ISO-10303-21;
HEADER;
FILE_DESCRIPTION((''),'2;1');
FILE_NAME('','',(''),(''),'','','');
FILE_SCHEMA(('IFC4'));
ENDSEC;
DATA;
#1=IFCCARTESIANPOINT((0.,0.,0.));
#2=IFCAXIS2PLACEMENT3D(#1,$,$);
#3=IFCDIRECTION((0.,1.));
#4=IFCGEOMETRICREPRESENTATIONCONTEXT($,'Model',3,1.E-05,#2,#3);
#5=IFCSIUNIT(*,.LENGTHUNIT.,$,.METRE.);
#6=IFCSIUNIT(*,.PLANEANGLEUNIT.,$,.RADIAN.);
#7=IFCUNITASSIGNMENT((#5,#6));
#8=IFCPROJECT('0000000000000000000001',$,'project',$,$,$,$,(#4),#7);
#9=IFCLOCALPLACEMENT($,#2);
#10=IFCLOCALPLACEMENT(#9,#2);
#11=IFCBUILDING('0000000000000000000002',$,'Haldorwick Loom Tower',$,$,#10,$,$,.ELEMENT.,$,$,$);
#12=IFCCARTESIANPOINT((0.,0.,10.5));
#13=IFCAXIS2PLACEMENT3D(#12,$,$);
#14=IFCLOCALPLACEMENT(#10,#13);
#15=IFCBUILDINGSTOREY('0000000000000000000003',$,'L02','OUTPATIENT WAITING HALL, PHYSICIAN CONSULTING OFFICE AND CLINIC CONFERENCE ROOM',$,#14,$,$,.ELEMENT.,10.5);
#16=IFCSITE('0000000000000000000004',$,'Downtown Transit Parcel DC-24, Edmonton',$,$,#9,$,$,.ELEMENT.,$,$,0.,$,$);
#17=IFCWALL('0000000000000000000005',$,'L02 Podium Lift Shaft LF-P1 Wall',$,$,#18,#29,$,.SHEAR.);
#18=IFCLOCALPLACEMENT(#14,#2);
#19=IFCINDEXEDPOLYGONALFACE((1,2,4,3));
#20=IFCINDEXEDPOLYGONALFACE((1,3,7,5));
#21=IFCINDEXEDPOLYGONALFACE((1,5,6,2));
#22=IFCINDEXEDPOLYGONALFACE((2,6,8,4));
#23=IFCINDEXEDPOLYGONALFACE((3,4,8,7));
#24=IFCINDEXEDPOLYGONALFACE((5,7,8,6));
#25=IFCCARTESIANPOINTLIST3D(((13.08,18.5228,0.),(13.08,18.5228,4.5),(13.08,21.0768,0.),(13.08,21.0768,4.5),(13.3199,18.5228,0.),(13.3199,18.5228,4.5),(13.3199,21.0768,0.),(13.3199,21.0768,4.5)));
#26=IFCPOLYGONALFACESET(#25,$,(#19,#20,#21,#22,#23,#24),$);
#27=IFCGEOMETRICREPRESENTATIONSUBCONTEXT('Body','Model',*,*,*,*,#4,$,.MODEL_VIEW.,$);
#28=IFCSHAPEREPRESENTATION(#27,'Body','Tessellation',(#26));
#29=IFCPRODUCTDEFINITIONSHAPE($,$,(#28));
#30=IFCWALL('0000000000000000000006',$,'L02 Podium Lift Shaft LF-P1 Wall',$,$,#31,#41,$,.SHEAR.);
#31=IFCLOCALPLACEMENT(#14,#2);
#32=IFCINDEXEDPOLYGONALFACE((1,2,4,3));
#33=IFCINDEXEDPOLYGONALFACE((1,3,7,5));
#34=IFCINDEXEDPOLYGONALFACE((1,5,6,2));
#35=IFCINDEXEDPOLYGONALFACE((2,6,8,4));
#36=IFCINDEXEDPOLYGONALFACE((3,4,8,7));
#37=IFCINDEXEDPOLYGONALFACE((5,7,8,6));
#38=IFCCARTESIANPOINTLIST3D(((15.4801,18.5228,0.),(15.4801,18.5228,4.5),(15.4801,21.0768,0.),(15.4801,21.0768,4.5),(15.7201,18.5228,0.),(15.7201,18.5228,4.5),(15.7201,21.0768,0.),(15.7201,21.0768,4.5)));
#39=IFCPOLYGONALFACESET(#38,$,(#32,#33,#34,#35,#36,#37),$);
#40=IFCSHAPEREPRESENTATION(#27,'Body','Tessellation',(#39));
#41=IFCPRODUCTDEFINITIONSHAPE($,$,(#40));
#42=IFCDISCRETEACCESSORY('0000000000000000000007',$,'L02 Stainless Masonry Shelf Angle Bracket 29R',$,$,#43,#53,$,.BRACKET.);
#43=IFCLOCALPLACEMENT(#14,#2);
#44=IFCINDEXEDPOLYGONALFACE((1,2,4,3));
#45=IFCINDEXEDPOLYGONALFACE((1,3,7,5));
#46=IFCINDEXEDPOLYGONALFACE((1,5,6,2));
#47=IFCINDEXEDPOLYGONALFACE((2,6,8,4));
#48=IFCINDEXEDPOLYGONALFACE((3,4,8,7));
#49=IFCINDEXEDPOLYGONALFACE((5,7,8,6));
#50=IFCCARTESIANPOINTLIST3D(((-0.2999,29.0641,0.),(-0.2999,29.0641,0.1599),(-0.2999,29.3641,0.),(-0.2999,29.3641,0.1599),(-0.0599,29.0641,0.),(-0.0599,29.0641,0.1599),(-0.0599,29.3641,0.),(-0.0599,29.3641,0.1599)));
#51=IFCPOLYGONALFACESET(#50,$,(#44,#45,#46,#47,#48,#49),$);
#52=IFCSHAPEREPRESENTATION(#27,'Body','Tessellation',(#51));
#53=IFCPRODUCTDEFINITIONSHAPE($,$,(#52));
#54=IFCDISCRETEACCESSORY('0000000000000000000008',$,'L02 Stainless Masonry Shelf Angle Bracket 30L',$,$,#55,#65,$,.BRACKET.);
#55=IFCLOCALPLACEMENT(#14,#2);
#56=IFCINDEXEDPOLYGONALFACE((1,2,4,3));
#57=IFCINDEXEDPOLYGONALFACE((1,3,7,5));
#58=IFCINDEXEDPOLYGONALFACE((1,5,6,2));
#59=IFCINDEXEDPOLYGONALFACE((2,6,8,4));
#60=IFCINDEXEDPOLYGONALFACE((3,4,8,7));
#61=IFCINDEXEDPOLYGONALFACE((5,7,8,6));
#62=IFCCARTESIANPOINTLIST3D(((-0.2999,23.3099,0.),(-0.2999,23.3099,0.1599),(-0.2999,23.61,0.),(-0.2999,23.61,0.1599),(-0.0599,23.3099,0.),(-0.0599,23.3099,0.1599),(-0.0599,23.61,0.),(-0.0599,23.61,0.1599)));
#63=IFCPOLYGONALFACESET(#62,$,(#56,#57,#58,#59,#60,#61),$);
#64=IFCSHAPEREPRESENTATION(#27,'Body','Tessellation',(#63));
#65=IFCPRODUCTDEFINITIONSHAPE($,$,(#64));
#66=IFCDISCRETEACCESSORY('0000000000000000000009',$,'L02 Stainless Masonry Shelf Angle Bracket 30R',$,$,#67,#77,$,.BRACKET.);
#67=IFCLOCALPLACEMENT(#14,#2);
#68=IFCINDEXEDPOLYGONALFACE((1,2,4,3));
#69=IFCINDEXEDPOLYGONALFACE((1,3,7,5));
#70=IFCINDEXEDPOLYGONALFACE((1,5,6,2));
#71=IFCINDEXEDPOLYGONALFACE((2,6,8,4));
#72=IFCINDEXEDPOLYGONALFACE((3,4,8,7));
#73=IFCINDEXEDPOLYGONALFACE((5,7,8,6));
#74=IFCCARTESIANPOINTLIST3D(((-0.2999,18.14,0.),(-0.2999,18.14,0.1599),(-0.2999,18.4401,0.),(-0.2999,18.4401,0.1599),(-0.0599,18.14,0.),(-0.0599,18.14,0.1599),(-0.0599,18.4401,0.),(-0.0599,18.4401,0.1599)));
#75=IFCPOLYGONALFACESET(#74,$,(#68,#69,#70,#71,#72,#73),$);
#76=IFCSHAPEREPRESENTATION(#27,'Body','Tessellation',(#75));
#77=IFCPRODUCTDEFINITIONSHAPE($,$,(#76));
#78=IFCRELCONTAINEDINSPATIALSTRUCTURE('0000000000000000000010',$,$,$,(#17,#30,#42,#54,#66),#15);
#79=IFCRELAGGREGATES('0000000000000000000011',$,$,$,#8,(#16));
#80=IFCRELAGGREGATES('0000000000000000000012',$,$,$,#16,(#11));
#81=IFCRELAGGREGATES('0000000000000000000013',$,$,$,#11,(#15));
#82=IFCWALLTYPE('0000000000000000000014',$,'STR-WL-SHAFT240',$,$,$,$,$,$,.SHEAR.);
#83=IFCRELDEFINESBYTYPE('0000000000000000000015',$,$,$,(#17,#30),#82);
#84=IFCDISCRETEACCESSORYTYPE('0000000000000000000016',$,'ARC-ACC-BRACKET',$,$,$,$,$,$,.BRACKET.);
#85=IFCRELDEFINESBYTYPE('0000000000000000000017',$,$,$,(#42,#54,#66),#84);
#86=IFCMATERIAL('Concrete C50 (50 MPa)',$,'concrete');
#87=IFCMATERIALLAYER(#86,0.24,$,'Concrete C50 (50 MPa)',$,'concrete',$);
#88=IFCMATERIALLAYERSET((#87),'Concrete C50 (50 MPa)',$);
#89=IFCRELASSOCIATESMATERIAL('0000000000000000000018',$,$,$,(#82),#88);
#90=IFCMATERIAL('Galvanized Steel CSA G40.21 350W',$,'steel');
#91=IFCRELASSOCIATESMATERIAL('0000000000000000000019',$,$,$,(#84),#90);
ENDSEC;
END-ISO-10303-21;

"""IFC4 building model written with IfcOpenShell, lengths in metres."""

from ifc_helpers import new_model, si_unit, direction, frame, frame_2d, origin, origin_2d, place, context, subcontext, project, spatial, rectangle, extrude, material, layer, layer_set, type_object, element, save


model = new_model("IFC4")

# Units and contexts
model_context = context("Model", 3, precision=1e-05, world=origin(), true_north=direction((0.0, 1.0)))
body_context = subcontext(model_context, "Body", "Model", "MODEL_VIEW")
ifc_project = project(units=[si_unit("LENGTHUNIT", "METRE"), si_unit("PLANEANGLEUNIT", "RADIAN")], contexts=[model_context])

# Site, building, storey
site_placement = place(None, origin())
site = spatial("IfcSite", under=ifc_project, at=site_placement, Name="Downtown Transit Parcel DC-24, Edmonton", CompositionType="ELEMENT", RefElevation=0.0)
building_placement = place(site_placement, origin())
building = spatial("IfcBuilding", under=site, at=building_placement, Name="Haldorwick Loom Tower", CompositionType="ELEMENT")
storey_placement = place(building_placement, frame((0.0, 0.0, 10.5)))
storey = spatial("IfcBuildingStorey", under=building, at=storey_placement, Name="L02", Description="OUTPATIENT WAITING HALL, PHYSICIAN CONSULTING OFFICE AND CLINIC CONFERENCE ROOM", CompositionType="ELEMENT", Elevation=10.5)

# Shared definitions
ifc_material_1 = material(Name="Concrete C50 (50 MPa)", Category="concrete")
ifc_layer_1 = layer(ifc_material_1, 0.24, Name="Concrete C50 (50 MPa)", Category="concrete")
ifc_layer_set_1 = layer_set([ifc_layer_1], Name="Concrete C50 (50 MPa)")
wall_type_1 = type_object("IfcWallType", Name="STR-WL-SHAFT240", PredefinedType="SHEAR", material=ifc_layer_set_1)

# Walls
for number, where, z_axis, x_axis, name in (
    (1, (13.2, 18.5229, 0.0), (0.0, 0.0, 1.0), (0.0, 1.0, 0.0), "L02 Podium Lift Shaft LF-P1 Wall"),
    (2, (15.6001, 18.5229, 0.0), (0.0, 0.0, 1.0), (0.0, 1.0, 0.0), "L02 Podium Lift Shaft LF-P1 Wall"),
):
    element("IfcWall", number, at=place(storey_placement, frame(where, z_axis=z_axis, x_axis=x_axis)), inside=storey, type_object=wall_type_1, Name=name, PredefinedType="SHEAR", context=body_context, shape_type="SweptSolid", body=[
        extrude(rectangle(XDim=2.554, YDim=0.24, at=frame_2d((1.2769, 0.0))), origin(), (0.0, 0.0, 1.0), 4.5),
    ])

# Discrete accessories
ifc_material_2 = material(Name="Galvanized Steel CSA G40.21 350W", Category="steel")
discrete_accessory_type = type_object("IfcDiscreteAccessoryType", Name="ARC-ACC-BRACKET", PredefinedType="BRACKET", material=ifc_material_2)
for number, where, z_axis, x_axis, name in (
    (3, (-0.1799, 29.2141, 0.0), (0.0, 0.0, 1.0), (0.0, -1.0, 0.0), "L02 Stainless Masonry Shelf Angle Bracket 29R"),
    (4, (-0.1799, 23.46, 0.0), (0.0, 0.0, 1.0), (0.0, -1.0, 0.0), "L02 Stainless Masonry Shelf Angle Bracket 30L"),
    (5, (-0.1799, 18.29, 0.0), (0.0, 0.0, 1.0), (0.0, -1.0, 0.0), "L02 Stainless Masonry Shelf Angle Bracket 30R"),
):
    element("IfcDiscreteAccessory", number, at=place(storey_placement, frame(where, z_axis=z_axis, x_axis=x_axis)), inside=storey, type_object=discrete_accessory_type, Name=name, PredefinedType="BRACKET", context=body_context, shape_type="SweptSolid", body=[
        extrude(rectangle(XDim=0.3, YDim=0.24, at=origin_2d()), origin(), (0.0, 0.0, 1.0), 0.1599),
    ])

save(model, "model.ifc")
